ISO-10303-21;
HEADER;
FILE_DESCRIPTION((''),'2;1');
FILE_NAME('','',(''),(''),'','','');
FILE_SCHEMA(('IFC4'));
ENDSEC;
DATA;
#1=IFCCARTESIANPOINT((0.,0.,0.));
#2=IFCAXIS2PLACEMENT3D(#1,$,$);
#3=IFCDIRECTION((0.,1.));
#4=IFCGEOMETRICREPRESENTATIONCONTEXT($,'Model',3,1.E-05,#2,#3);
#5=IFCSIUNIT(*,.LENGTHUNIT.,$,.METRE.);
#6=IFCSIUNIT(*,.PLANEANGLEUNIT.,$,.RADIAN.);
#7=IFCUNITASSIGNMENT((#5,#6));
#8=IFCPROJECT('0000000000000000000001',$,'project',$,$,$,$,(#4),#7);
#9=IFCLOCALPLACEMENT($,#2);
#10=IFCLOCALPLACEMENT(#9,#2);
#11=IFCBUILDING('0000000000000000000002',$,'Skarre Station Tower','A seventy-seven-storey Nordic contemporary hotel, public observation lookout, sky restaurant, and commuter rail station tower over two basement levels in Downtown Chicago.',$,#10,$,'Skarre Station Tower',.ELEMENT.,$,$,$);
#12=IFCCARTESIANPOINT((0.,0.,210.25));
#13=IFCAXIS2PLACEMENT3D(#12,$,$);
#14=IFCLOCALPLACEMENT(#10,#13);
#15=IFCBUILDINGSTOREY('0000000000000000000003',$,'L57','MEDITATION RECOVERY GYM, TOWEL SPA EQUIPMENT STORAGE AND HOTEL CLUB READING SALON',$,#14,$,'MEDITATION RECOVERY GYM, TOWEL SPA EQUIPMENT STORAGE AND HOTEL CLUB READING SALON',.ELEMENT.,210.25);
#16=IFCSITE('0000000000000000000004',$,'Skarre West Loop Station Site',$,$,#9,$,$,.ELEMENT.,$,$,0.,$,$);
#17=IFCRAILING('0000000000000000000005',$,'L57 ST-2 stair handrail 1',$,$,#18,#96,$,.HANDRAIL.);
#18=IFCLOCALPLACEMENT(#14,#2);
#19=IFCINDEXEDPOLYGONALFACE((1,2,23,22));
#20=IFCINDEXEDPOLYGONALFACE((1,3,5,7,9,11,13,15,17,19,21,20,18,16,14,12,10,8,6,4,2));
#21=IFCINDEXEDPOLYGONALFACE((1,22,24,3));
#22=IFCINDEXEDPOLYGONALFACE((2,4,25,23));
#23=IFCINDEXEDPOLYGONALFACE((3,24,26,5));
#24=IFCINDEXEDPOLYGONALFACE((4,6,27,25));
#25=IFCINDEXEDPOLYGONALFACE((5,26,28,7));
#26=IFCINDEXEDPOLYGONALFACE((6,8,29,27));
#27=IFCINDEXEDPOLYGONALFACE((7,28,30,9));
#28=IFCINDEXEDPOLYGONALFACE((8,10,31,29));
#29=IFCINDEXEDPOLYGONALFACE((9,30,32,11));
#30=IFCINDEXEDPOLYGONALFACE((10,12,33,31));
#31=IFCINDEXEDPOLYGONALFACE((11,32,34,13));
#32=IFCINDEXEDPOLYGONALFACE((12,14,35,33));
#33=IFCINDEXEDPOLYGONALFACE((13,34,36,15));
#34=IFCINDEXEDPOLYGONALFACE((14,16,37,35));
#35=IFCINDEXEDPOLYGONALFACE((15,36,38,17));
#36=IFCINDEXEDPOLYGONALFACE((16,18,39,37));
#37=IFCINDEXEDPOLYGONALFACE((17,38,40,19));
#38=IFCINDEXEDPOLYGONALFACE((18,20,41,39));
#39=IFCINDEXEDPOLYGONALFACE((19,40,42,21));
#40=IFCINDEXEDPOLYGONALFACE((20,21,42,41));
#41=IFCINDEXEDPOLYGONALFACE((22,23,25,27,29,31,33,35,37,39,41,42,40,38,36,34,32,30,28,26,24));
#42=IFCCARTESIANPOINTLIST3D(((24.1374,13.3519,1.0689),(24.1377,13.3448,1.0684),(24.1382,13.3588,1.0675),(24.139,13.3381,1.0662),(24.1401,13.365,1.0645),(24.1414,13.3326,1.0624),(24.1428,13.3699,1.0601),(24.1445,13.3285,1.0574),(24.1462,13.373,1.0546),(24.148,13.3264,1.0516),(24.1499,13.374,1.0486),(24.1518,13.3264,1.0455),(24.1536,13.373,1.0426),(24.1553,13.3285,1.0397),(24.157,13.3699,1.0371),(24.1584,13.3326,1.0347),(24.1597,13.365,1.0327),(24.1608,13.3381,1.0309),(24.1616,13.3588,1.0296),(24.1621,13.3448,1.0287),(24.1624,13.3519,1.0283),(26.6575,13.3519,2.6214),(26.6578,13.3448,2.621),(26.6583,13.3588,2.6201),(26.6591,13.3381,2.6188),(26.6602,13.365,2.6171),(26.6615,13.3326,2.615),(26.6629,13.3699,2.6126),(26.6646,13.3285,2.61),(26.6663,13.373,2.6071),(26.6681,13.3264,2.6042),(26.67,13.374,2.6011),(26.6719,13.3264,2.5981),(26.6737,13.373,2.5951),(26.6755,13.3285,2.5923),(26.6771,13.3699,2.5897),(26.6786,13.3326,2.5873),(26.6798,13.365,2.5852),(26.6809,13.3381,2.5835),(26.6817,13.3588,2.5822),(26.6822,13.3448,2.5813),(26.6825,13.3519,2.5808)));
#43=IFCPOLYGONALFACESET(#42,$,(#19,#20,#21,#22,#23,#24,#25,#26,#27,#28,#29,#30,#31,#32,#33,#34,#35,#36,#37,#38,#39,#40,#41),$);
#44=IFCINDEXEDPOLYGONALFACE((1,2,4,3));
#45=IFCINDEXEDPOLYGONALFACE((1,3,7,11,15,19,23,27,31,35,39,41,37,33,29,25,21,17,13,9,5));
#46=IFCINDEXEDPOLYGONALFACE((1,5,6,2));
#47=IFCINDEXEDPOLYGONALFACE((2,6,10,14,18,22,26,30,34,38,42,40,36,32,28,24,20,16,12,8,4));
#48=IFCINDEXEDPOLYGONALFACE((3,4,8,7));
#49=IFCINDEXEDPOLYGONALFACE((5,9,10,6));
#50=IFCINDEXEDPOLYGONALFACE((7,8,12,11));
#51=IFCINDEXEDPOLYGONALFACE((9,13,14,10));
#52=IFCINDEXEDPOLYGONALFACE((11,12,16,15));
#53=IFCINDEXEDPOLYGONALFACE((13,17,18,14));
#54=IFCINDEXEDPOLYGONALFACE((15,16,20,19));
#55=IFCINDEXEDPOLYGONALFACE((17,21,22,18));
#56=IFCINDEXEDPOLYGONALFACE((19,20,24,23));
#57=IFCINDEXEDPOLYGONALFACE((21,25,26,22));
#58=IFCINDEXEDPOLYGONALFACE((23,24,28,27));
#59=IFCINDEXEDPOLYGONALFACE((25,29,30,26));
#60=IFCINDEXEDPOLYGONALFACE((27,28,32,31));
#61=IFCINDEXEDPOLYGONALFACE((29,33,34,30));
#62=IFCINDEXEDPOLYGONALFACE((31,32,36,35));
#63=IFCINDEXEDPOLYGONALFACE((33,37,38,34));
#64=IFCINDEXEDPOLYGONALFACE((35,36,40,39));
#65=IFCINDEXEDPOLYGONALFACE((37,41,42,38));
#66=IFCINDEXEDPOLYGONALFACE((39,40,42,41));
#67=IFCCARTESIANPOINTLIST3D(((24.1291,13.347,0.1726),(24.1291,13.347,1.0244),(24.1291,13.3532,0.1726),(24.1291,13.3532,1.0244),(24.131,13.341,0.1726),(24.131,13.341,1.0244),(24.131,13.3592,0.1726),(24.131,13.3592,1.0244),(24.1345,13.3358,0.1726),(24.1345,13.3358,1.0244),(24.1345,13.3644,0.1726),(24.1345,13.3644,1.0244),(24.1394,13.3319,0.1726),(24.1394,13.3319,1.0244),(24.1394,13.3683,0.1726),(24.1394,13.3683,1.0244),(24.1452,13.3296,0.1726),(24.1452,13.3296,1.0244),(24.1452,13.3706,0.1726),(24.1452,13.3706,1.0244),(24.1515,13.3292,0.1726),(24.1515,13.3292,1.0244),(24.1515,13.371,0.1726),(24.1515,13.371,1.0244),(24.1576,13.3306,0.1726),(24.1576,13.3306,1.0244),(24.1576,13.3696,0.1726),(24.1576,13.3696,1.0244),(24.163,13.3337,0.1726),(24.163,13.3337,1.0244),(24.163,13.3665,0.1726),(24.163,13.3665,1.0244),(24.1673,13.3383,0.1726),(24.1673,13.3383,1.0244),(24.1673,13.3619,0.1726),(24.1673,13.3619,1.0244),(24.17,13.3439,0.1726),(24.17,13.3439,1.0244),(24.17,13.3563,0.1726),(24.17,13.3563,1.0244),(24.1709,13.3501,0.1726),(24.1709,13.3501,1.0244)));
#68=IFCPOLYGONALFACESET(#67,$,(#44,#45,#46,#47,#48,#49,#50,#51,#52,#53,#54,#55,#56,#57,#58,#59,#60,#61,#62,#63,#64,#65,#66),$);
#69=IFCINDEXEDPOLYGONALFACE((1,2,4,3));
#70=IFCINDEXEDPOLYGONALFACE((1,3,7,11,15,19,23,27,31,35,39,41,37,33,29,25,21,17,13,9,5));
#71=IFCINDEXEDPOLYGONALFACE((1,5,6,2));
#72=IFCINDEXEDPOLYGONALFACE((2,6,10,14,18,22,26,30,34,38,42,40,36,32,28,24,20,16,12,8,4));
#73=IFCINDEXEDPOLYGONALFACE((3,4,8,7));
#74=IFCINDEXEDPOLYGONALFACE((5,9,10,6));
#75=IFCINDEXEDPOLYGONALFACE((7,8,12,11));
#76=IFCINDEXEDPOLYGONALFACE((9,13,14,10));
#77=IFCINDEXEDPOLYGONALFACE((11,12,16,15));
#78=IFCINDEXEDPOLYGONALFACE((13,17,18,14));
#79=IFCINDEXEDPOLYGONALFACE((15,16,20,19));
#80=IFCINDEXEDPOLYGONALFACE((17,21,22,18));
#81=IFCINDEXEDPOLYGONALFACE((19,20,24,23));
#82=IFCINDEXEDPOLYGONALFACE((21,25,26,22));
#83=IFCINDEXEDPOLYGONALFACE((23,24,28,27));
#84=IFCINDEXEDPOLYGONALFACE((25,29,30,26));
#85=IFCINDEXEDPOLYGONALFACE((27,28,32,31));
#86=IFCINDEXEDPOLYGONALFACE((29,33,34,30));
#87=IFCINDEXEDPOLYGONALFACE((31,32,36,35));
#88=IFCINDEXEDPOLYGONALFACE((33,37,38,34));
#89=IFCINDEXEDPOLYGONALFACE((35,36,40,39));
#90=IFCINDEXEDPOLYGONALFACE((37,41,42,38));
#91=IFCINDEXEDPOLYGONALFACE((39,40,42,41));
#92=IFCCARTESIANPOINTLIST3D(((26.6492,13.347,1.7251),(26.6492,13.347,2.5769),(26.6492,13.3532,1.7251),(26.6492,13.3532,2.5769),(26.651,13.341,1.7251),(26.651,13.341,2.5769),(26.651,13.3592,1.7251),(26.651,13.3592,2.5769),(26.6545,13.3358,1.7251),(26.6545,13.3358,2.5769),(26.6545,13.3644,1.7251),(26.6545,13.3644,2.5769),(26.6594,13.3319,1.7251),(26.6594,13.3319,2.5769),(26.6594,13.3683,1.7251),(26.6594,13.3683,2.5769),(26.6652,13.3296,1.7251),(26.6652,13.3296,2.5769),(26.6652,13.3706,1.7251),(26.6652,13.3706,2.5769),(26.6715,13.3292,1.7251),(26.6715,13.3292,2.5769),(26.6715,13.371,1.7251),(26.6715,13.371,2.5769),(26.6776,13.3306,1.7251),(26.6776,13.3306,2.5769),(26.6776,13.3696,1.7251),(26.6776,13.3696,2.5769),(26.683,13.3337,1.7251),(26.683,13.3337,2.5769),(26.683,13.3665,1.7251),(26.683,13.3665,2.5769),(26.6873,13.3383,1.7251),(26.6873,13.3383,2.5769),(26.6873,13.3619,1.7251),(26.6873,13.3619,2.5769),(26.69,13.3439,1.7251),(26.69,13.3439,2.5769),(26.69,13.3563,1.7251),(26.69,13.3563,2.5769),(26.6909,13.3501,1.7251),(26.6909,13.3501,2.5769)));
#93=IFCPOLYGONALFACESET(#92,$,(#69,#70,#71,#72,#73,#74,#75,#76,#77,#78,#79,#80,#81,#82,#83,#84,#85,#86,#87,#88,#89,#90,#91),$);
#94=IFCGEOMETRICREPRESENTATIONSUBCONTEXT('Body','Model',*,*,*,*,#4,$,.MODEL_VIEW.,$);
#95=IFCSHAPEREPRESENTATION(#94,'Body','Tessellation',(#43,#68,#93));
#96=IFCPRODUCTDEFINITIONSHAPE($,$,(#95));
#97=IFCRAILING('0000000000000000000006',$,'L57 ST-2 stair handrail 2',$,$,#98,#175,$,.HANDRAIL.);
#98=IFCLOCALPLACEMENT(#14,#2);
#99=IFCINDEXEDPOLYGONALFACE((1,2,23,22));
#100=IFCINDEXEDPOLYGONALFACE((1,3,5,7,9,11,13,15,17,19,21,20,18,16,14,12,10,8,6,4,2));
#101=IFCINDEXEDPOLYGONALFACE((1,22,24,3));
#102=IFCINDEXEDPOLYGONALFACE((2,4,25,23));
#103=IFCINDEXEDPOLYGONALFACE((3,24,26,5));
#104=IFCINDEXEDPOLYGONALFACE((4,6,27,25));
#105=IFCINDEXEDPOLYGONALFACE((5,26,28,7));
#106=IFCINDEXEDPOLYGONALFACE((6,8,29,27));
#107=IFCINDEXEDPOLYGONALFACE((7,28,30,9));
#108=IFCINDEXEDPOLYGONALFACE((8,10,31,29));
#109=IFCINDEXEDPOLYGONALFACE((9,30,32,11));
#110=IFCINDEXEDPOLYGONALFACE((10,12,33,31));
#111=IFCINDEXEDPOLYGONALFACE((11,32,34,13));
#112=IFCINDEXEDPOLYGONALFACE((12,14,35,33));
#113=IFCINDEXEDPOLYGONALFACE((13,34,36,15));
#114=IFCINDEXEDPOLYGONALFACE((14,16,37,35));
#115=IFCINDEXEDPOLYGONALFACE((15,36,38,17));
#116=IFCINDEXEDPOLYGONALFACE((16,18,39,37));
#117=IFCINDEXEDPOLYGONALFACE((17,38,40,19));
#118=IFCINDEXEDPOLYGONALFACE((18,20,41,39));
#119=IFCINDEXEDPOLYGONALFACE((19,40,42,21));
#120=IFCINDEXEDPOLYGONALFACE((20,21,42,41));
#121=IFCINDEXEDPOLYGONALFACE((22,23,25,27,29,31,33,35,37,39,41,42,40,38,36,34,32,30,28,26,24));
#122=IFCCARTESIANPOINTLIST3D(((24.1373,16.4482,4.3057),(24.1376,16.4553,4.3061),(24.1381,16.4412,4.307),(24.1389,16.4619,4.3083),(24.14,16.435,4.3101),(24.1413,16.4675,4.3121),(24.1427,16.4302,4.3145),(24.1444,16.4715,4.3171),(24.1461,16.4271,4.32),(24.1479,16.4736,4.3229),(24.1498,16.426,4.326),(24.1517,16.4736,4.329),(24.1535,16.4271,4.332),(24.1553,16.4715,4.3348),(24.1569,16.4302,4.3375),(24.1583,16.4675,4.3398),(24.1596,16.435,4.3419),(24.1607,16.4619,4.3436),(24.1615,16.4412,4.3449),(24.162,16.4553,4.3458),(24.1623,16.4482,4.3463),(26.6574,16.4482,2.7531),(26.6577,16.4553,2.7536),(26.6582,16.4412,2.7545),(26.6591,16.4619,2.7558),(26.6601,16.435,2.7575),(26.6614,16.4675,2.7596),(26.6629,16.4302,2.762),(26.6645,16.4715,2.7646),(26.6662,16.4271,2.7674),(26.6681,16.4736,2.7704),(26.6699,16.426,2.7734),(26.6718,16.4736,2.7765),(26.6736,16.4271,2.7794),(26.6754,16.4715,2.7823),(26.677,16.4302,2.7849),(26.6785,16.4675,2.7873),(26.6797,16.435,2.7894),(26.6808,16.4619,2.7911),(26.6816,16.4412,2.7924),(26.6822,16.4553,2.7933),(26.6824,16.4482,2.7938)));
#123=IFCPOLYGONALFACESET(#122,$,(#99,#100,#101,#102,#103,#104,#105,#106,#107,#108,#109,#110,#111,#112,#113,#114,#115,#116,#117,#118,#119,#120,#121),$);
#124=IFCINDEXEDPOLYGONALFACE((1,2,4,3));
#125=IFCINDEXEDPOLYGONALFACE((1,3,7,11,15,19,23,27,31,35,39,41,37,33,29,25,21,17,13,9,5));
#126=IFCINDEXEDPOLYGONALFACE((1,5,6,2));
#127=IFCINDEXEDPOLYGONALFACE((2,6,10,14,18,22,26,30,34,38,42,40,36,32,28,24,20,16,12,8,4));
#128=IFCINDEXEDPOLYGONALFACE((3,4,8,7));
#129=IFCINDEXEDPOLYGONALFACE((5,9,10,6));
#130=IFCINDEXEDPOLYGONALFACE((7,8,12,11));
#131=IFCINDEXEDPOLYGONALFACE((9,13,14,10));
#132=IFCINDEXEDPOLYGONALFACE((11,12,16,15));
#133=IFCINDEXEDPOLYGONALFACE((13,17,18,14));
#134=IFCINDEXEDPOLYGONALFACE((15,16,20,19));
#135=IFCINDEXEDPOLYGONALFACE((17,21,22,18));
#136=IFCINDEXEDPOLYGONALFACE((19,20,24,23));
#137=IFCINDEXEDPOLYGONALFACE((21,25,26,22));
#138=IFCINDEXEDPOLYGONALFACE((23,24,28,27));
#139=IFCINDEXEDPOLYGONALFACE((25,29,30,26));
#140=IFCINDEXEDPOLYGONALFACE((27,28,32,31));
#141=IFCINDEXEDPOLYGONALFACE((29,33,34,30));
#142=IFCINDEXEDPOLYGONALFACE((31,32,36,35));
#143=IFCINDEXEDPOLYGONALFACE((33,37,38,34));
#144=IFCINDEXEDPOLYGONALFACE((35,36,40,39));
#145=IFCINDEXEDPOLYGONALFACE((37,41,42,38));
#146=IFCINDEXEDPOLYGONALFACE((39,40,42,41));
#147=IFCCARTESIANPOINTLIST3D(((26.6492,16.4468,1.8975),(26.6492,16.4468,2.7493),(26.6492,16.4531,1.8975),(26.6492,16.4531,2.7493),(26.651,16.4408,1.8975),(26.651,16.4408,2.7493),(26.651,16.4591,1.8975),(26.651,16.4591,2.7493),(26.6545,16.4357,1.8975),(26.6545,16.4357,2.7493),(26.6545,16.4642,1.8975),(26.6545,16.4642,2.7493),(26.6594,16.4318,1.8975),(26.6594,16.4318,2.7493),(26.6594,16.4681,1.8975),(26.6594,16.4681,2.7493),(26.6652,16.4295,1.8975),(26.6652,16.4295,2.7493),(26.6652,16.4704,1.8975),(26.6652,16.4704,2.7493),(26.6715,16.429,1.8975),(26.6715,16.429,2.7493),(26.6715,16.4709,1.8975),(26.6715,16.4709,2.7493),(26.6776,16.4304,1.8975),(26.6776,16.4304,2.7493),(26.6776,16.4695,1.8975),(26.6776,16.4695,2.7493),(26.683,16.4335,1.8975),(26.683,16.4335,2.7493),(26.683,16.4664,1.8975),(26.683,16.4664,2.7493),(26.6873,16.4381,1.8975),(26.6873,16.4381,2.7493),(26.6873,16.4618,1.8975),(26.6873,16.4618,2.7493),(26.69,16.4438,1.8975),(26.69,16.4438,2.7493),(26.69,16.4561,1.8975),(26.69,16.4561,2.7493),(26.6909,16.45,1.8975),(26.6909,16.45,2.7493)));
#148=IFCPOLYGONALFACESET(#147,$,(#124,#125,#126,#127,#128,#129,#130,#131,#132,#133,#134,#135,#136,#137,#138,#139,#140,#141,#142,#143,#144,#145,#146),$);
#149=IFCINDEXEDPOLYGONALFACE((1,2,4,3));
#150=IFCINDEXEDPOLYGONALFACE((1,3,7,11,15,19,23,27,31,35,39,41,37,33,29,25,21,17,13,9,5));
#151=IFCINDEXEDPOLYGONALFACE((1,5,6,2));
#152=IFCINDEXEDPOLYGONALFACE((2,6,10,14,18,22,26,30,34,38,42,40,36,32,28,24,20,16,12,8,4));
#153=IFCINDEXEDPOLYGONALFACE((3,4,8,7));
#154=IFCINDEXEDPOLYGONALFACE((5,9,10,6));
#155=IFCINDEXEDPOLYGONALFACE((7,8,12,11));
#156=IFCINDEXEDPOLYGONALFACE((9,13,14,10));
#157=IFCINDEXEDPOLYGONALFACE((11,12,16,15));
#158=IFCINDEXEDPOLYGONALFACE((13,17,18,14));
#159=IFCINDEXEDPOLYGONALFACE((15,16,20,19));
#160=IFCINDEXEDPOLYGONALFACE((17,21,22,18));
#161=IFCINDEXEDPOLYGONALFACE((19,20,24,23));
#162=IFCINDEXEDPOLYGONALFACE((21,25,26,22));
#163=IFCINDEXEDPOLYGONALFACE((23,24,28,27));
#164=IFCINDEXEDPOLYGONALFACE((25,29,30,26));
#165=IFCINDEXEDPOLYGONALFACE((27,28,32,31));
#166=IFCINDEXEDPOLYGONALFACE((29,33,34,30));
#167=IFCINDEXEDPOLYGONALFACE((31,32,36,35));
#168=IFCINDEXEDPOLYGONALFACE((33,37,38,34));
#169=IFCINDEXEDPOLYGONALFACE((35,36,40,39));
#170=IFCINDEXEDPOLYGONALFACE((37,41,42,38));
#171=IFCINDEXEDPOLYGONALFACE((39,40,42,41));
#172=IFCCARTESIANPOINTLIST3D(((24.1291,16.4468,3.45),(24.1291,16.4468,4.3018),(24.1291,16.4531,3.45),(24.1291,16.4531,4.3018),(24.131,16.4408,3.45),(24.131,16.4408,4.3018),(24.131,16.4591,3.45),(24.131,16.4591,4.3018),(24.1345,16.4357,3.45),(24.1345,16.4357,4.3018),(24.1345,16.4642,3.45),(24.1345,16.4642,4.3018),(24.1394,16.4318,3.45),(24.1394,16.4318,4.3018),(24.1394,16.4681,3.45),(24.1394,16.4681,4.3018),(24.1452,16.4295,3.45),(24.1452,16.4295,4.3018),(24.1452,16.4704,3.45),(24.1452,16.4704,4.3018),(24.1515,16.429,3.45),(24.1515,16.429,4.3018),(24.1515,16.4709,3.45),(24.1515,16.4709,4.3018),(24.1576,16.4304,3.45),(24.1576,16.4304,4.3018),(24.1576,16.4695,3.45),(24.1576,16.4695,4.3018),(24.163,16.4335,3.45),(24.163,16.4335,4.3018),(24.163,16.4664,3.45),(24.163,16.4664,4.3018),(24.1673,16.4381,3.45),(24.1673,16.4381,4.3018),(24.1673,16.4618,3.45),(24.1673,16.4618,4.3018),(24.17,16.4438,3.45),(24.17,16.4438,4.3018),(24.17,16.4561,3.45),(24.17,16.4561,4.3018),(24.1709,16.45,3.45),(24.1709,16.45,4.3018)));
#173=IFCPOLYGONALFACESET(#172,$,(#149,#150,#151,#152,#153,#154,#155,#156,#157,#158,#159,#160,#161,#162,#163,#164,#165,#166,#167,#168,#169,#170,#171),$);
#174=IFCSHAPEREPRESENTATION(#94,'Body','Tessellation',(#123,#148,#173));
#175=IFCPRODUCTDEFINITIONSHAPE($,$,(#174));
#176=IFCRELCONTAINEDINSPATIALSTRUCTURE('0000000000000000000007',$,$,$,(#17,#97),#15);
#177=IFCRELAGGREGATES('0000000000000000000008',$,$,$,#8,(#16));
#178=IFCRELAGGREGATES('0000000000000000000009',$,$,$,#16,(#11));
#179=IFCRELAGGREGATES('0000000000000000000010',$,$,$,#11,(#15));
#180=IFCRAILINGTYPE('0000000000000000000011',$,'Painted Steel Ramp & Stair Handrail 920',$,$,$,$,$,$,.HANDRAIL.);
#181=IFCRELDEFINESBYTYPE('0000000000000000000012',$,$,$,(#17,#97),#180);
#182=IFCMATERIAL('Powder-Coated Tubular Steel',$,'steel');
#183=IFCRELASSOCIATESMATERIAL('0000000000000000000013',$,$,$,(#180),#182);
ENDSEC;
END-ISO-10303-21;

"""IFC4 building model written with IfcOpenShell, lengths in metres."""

from ifc_helpers import new_model, si_unit, direction, frame, origin, origin_2d, place, context, subcontext, project, spatial, circle, extrude, material, type_object, element, save


model = new_model("IFC4")

# Units and contexts
model_context = context("Model", 3, precision=1e-05, world=origin(), true_north=direction((0.0, 1.0)))
body_context = subcontext(model_context, "Body", "Model", "MODEL_VIEW")
ifc_project = project(units=[si_unit("LENGTHUNIT", "METRE"), si_unit("PLANEANGLEUNIT", "RADIAN")], contexts=[model_context])

# Site, building, storey
site_placement = place(None, origin())
site = spatial("IfcSite", under=ifc_project, at=site_placement, Name="Skarre West Loop Station Site", CompositionType="ELEMENT", RefElevation=0.0)
building_placement = place(site_placement, origin())
building = spatial("IfcBuilding", under=site, at=building_placement, Name="Skarre Station Tower", Description="A seventy-seven-storey Nordic contemporary hotel, public observation lookout, sky restaurant, and commuter rail station tower over two basement levels in Downtown Chicago.", LongName="Skarre Station Tower", CompositionType="ELEMENT")
storey_placement = place(building_placement, frame((0.0, 0.0, 210.25)))
storey = spatial("IfcBuildingStorey", under=building, at=storey_placement, Name="L57", Description="MEDITATION RECOVERY GYM, TOWEL SPA EQUIPMENT STORAGE AND HOTEL CLUB READING SALON", LongName="MEDITATION RECOVERY GYM, TOWEL SPA EQUIPMENT STORAGE AND HOTEL CLUB READING SALON", CompositionType="ELEMENT", Elevation=210.25)

# Railings
ifc_material_1 = material(Name="Powder-Coated Tubular Steel", Category="steel")
railing_type_1 = type_object("IfcRailingType", Name="Painted Steel Ramp & Stair Handrail 920", PredefinedType="HANDRAIL", material=ifc_material_1)
railing_1_placement = place(storey_placement, frame((24.1499, 13.3501, 0.1726)))
element("IfcRailing", 1, at=railing_1_placement, inside=storey, type_object=railing_type_1, Name="L57 ST-2 stair handrail 1", PredefinedType="HANDRAIL", context=body_context, shape_type="SweptSolid", body=[
    extrude(circle(Radius=0.0239, at=origin_2d()), frame((0.0, 0.0, 0.876), z_axis=(0.8514, 0.0, 0.524516), x_axis=(0.0, 1.0, 0.0)), (0.0, 0.0, 1.0), 2.96),
    extrude(circle(Radius=0.021, at=origin_2d()), origin(), (0.0, 0.0, 1.0), 0.8518),
    extrude(circle(Radius=0.021, at=origin_2d()), frame((2.52, 0.0, 1.5525)), (0.0, 0.0, 1.0), 0.8518),
])
railing_2_placement = place(storey_placement, frame((26.6699, 16.45, 1.8975)))
element("IfcRailing", 2, at=railing_2_placement, inside=storey, type_object=railing_type_1, Name="L57 ST-2 stair handrail 2", PredefinedType="HANDRAIL", context=body_context, shape_type="SweptSolid", body=[
    extrude(circle(Radius=0.0239, at=origin_2d()), frame((0.0, 0.0, 0.876), z_axis=(-0.8514, 0.0, 0.524516), x_axis=(0.0, -1.0, 0.0)), (0.0, 0.0, 1.0), 2.96),
    extrude(circle(Radius=0.021, at=origin_2d()), origin(), (0.0, 0.0, 1.0), 0.8518),
    extrude(circle(Radius=0.021, at=origin_2d()), frame((-2.52, 0.0, 1.5525)), (0.0, 0.0, 1.0), 0.8518),
])

save(model, "model.ifc")
